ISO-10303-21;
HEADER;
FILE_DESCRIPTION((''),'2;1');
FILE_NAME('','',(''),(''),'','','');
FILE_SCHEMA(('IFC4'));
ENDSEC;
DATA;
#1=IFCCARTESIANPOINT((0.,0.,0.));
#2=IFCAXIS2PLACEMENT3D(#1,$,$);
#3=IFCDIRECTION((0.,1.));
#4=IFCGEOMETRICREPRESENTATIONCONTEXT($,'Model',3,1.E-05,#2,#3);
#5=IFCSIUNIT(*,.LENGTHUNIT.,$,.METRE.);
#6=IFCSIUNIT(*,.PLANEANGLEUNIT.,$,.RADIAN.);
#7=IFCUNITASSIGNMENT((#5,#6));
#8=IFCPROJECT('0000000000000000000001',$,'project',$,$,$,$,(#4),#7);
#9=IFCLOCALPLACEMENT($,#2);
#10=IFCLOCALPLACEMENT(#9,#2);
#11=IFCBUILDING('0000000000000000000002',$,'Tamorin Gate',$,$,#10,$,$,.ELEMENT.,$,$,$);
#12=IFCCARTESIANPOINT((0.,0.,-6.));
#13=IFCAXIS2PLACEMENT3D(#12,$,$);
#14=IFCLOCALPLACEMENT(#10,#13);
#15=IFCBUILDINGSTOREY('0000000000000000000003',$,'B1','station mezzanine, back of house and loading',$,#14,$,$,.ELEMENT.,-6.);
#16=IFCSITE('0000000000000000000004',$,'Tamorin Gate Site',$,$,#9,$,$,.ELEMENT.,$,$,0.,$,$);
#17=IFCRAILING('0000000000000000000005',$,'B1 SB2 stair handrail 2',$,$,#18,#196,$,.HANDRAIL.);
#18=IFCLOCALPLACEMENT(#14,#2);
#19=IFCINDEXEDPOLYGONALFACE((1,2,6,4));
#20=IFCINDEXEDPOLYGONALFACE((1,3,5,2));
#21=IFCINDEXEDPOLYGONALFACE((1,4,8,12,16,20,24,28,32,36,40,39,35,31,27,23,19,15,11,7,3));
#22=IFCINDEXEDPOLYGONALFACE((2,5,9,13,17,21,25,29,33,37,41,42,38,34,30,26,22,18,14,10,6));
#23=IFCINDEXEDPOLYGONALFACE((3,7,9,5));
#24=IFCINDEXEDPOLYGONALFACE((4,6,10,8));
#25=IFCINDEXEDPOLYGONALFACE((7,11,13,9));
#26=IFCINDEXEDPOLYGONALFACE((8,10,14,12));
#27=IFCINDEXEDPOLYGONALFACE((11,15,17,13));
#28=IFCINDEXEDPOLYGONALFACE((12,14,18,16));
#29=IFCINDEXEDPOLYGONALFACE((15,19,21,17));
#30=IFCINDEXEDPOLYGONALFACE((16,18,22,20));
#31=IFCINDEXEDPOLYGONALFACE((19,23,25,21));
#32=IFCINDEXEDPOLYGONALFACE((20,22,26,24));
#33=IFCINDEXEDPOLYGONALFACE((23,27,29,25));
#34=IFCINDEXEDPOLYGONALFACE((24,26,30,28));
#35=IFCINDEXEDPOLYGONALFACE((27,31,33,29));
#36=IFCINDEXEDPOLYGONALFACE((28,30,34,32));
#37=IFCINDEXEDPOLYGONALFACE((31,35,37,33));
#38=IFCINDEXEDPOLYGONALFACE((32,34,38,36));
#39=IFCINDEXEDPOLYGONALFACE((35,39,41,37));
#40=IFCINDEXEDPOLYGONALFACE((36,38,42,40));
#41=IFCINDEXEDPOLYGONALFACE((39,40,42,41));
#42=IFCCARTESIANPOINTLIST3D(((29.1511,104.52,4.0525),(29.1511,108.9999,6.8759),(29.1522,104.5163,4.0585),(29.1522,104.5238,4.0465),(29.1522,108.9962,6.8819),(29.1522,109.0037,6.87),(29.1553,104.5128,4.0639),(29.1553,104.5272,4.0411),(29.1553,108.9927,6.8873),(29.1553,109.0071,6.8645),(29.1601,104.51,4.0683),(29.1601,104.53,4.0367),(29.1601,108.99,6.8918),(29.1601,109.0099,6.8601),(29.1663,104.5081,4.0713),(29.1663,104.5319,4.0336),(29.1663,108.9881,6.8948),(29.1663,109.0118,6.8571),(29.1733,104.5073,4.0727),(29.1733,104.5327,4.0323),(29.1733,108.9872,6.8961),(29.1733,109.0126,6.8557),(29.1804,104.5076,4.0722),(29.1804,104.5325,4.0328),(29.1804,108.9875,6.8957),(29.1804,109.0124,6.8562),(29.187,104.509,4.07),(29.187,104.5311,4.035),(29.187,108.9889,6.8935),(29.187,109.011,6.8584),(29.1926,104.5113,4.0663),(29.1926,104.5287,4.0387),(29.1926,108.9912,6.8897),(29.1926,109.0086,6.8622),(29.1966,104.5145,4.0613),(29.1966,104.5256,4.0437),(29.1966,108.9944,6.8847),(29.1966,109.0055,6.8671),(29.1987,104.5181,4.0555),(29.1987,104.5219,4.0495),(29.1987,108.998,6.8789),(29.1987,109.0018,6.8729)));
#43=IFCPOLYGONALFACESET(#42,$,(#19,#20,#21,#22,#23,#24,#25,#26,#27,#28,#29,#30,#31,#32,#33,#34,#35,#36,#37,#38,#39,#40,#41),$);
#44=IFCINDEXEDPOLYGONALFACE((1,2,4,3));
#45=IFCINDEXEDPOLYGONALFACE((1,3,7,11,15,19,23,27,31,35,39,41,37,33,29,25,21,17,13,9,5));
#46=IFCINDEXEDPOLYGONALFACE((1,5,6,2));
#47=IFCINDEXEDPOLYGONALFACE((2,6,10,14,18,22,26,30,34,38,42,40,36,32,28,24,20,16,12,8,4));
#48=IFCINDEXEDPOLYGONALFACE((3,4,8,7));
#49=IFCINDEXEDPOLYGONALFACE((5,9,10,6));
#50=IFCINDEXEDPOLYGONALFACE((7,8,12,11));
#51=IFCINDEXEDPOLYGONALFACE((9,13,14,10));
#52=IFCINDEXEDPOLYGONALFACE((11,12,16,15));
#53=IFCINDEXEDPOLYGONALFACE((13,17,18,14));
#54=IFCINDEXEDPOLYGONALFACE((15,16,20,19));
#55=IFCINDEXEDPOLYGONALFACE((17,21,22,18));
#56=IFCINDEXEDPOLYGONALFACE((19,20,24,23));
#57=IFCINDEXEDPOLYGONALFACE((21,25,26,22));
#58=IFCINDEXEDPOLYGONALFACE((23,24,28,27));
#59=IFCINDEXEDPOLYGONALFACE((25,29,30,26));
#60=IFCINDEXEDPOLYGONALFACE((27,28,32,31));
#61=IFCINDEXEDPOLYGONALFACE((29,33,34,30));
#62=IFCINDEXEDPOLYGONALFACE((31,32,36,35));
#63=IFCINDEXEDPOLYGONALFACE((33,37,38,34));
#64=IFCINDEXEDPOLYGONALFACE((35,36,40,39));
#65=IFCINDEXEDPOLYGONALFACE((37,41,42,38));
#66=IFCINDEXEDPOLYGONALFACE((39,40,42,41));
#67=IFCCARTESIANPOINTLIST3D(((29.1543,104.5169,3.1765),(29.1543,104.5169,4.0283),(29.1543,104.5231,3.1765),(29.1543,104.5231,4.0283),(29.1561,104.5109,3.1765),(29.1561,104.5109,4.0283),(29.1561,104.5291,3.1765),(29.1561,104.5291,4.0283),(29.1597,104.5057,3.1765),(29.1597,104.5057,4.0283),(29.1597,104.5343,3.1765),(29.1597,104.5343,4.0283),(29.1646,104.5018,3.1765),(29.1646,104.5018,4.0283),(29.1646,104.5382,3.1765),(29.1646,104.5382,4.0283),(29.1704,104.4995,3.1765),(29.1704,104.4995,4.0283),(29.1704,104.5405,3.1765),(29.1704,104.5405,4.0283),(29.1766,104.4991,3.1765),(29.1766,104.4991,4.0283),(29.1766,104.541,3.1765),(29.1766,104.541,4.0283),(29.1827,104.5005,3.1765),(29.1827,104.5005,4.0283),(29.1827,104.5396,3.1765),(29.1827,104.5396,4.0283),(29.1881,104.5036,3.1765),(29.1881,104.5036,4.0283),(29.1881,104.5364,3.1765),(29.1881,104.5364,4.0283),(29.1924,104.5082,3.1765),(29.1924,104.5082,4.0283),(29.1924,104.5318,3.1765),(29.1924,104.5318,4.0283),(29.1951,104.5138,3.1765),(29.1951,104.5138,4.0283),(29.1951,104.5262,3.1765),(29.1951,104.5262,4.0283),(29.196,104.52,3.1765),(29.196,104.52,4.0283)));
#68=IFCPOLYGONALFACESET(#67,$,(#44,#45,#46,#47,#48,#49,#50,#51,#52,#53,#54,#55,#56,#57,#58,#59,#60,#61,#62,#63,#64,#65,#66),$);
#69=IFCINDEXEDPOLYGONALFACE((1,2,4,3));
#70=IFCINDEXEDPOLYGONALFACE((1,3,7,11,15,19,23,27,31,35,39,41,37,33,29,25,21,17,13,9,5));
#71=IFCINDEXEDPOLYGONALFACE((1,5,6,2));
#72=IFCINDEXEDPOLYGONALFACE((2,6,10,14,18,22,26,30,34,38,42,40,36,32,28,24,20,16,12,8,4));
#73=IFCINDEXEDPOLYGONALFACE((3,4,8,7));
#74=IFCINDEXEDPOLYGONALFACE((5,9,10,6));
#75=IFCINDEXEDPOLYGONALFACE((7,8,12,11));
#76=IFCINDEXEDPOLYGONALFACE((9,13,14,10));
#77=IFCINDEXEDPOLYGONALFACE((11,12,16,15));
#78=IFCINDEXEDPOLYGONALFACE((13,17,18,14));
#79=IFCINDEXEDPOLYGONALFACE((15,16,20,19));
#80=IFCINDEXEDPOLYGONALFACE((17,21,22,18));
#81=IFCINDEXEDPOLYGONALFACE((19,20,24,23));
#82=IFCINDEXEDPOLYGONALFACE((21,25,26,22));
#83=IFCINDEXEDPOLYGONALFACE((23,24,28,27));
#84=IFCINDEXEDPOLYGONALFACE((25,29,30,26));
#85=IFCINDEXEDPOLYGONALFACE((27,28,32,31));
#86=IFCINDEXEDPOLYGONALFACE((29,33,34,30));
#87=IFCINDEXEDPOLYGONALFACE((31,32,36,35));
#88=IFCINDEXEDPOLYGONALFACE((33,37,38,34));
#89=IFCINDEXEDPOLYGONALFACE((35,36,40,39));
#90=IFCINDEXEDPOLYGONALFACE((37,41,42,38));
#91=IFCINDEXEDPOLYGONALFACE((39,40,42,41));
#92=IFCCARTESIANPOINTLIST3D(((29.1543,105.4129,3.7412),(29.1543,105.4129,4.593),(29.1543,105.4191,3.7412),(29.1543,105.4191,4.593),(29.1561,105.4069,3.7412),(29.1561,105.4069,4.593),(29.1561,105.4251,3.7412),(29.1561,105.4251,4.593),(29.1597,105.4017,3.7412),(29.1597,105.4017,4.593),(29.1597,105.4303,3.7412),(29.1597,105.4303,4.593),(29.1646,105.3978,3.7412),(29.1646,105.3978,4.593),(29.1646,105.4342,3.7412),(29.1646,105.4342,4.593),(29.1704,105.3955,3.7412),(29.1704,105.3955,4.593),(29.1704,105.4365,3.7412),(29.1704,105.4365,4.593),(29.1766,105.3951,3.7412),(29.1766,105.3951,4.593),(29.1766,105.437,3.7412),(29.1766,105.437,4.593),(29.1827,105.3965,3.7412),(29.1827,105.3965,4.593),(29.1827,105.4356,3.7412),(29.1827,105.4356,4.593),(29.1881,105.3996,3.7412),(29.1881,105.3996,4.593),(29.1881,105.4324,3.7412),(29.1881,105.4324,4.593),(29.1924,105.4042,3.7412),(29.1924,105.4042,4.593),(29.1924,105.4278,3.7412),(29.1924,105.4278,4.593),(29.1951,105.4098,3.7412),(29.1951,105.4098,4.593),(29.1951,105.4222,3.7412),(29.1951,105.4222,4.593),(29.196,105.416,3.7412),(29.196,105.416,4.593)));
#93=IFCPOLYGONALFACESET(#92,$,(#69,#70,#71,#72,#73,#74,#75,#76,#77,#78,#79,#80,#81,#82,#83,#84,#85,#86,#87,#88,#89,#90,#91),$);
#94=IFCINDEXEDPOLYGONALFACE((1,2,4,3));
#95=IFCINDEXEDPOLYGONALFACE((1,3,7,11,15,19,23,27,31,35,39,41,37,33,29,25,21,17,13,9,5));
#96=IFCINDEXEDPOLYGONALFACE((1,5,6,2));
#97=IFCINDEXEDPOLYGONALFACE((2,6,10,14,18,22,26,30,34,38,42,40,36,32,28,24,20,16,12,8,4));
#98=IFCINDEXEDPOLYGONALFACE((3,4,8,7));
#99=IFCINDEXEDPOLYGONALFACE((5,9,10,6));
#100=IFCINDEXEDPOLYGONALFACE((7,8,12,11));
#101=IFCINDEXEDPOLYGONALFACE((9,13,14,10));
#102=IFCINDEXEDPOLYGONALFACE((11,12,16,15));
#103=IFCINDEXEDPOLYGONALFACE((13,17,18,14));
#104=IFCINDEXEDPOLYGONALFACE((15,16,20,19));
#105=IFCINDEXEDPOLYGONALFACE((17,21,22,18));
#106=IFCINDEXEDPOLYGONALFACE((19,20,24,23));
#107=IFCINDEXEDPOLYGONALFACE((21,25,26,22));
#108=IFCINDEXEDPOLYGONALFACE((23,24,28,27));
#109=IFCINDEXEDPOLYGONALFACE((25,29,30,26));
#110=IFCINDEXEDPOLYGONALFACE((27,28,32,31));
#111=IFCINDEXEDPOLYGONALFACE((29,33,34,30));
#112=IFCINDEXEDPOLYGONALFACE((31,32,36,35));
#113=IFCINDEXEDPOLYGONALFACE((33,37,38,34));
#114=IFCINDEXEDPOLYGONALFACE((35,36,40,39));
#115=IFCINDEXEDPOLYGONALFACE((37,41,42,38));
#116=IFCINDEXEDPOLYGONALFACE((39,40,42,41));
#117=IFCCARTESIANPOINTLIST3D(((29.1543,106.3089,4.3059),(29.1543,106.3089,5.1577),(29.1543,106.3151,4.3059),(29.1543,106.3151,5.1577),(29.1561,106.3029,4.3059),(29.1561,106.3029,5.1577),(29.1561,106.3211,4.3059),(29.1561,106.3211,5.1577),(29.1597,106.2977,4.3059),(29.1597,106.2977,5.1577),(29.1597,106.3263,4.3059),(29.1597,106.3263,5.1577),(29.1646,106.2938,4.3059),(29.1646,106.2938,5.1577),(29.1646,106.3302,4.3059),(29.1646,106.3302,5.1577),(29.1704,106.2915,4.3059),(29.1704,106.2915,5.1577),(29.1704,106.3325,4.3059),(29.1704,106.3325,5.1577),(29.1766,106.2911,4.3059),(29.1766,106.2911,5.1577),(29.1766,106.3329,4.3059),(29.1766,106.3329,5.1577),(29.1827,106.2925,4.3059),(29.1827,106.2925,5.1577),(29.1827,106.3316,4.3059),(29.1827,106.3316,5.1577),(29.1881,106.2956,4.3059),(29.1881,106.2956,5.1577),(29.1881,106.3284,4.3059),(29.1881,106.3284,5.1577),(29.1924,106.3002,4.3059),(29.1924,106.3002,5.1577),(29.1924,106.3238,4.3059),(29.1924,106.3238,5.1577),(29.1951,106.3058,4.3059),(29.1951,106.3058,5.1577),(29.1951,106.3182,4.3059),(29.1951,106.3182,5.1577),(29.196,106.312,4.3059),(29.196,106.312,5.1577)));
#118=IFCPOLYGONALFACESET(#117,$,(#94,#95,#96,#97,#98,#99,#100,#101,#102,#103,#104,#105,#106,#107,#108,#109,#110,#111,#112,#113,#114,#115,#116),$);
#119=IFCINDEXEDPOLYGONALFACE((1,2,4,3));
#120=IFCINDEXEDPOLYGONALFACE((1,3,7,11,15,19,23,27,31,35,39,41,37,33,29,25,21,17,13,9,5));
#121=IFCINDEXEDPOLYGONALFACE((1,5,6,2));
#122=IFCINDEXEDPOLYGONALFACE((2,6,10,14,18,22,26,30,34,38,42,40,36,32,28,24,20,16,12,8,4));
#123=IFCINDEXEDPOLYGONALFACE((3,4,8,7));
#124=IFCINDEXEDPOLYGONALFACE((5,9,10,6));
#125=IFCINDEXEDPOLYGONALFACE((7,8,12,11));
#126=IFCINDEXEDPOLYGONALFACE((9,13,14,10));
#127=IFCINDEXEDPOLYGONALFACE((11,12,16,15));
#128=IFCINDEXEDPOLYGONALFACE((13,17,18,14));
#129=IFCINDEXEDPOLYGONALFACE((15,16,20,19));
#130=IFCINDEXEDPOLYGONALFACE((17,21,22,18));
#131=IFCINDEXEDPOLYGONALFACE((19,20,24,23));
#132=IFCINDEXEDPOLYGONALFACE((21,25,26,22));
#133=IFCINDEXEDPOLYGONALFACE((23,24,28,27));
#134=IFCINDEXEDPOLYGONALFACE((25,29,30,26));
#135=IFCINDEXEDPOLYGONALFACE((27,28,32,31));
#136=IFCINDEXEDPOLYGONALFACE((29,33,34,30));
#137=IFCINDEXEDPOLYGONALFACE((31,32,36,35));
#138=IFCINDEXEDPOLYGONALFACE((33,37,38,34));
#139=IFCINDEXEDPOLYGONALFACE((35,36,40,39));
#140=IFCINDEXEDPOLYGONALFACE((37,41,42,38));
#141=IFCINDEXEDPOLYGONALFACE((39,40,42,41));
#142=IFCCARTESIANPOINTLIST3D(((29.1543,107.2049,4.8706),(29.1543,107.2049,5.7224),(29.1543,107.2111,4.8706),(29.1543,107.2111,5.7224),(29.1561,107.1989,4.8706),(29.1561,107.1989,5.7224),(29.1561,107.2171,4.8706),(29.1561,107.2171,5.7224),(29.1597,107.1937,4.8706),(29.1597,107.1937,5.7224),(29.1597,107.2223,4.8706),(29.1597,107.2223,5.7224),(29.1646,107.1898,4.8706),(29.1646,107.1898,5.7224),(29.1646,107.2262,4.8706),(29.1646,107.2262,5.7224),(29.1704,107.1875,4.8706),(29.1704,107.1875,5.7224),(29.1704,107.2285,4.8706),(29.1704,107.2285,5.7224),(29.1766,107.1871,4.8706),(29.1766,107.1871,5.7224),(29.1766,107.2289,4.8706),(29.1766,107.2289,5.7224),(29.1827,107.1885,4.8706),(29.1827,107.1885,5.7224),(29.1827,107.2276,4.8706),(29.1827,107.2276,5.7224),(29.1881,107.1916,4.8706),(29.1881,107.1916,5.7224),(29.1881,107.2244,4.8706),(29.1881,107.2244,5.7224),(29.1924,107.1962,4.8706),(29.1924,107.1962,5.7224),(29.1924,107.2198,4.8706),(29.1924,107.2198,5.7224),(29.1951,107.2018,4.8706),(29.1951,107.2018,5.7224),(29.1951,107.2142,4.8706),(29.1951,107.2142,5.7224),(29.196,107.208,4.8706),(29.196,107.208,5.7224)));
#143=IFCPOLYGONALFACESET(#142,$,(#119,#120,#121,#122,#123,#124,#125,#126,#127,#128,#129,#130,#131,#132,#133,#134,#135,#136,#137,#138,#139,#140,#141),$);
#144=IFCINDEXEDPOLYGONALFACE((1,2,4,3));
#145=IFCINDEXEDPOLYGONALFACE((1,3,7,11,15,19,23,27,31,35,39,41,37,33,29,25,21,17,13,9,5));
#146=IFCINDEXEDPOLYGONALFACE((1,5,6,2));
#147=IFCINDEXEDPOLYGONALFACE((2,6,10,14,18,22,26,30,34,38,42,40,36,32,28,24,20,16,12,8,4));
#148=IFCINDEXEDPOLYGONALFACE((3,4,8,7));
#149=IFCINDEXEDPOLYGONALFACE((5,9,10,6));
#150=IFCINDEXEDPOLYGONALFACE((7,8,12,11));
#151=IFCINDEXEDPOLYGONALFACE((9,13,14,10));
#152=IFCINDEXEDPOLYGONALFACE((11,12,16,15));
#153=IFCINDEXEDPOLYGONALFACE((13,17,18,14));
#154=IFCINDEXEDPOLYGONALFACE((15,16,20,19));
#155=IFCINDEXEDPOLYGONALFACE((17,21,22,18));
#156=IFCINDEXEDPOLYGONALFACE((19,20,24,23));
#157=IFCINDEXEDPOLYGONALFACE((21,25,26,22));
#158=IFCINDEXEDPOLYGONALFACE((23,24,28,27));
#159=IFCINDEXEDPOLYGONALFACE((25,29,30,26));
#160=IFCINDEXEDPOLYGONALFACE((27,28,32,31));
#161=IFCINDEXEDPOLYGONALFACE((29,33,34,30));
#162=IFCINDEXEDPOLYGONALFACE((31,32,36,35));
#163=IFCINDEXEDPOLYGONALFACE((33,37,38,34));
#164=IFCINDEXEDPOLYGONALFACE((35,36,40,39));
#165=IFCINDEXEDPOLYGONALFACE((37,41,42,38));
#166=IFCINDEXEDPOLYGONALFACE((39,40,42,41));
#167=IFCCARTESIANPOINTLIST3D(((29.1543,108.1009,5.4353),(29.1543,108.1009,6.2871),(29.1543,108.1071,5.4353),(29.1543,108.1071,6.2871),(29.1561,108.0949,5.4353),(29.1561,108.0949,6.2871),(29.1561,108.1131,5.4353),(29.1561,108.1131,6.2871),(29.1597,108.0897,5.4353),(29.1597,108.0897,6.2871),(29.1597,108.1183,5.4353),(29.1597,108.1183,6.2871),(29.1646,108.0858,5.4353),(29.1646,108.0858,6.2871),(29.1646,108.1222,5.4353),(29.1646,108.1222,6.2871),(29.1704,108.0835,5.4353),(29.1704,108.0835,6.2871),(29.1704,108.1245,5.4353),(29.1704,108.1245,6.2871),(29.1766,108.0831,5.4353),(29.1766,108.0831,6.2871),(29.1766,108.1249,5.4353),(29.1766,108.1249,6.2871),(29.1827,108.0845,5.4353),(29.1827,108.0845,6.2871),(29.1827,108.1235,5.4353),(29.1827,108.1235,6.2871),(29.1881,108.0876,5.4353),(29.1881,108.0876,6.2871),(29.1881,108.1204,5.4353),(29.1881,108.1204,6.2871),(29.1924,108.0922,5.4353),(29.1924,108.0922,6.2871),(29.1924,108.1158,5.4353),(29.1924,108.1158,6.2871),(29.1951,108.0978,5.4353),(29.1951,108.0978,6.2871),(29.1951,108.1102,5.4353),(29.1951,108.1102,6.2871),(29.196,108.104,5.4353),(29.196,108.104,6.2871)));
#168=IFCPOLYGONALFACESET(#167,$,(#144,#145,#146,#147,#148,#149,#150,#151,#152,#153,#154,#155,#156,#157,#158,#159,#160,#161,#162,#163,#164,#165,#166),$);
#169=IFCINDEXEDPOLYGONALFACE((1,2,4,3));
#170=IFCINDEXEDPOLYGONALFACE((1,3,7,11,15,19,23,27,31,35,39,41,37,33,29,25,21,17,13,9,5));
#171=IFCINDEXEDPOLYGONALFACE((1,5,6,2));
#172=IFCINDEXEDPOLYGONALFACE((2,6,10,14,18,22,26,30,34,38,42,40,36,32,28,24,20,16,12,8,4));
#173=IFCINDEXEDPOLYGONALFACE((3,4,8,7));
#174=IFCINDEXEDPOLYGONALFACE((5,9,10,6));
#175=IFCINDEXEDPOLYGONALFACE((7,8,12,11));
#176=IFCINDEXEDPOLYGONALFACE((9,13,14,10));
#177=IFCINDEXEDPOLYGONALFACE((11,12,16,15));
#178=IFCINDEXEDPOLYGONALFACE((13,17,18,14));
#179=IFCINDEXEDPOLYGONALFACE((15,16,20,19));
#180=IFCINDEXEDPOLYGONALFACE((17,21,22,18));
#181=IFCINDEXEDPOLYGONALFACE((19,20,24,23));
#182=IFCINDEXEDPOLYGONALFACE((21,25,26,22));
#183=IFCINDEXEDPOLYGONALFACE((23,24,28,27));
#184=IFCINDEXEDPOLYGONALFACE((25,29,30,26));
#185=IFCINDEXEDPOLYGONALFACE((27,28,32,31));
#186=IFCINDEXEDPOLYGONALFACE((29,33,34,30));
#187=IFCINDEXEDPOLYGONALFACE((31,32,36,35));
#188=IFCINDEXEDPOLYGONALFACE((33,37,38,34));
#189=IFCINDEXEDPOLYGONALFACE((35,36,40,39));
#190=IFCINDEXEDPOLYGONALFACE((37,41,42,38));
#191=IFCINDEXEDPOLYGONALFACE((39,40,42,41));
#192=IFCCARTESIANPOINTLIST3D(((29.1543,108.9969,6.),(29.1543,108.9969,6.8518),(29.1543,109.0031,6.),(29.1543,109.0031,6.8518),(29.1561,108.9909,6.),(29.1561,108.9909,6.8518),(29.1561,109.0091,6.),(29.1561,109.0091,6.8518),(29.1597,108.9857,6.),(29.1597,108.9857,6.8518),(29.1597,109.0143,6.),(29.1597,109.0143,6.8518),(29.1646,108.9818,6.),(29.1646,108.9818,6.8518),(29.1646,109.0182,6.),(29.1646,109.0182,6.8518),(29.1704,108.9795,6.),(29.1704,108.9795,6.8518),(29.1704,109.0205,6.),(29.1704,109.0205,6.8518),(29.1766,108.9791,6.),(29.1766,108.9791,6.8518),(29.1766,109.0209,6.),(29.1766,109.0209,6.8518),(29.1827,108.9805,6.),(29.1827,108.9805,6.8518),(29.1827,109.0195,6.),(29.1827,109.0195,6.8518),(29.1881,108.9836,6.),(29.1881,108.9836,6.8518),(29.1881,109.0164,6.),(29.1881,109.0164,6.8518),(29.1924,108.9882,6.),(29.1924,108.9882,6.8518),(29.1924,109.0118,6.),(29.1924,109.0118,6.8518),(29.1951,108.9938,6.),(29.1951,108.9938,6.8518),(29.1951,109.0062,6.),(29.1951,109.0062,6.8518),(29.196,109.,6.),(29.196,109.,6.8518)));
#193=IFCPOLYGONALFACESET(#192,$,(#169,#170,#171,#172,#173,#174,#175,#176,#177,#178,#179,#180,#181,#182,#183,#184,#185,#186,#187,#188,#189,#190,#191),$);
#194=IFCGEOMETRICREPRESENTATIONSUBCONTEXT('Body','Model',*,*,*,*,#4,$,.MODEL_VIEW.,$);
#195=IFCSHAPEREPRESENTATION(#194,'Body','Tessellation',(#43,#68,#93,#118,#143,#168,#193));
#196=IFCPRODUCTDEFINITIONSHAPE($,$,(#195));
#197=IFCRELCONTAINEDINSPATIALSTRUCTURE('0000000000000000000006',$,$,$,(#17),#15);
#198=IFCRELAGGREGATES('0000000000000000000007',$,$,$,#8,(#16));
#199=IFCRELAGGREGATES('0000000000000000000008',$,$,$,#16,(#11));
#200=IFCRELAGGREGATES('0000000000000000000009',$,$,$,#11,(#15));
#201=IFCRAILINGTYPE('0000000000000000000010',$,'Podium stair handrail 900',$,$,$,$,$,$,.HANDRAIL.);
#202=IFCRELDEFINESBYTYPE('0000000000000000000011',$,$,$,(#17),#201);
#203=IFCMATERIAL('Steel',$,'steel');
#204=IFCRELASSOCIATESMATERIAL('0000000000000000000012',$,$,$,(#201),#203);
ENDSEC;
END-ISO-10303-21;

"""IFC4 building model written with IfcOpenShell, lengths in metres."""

from ifc_helpers import new_model, si_unit, direction, frame, origin, origin_2d, place, context, subcontext, project, spatial, circle, extrude, material, type_object, element, save


model = new_model("IFC4")

# Units and contexts
model_context = context("Model", 3, precision=1e-05, world=origin(), true_north=direction((0.0, 1.0)))
body_context = subcontext(model_context, "Body", "Model", "MODEL_VIEW")
ifc_project = project(units=[si_unit("LENGTHUNIT", "METRE"), si_unit("PLANEANGLEUNIT", "RADIAN")], contexts=[model_context])

# Site, building, storey
site_placement = place(None, origin())
site = spatial("IfcSite", under=ifc_project, at=site_placement, Name="Tamorin Gate Site", CompositionType="ELEMENT", RefElevation=0.0)
building_placement = place(site_placement, origin())
building = spatial("IfcBuilding", under=site, at=building_placement, Name="Tamorin Gate", CompositionType="ELEMENT")
storey_placement = place(building_placement, frame((0.0, 0.0, -6.0)))
storey = spatial("IfcBuildingStorey", under=building, at=storey_placement, Name="B1", Description="station mezzanine, back of house and loading", CompositionType="ELEMENT", Elevation=-6.0)

# Railing
ifc_material_1 = material(Name="Steel", Category="steel")
railing_type_1 = type_object("IfcRailingType", Name="Podium stair handrail 900", PredefinedType="HANDRAIL", material=ifc_material_1)
railing_1_placement = place(storey_placement, frame((29.175, 104.52, 3.1765)))
element("IfcRailing", 1, at=railing_1_placement, inside=storey, type_object=railing_type_1, Name="B1 SB2 stair handrail 2", PredefinedType="HANDRAIL", context=body_context, shape_type="SweptSolid", body=[
    extrude(circle(Radius=0.0239, at=origin_2d()), frame((0.0, 0.0, 0.876), z_axis=(0.0, 0.845998, 0.533186), x_axis=(-1.0, 0.0, 0.0)), (0.0, 0.0, 1.0), 5.2954),
    extrude(circle(Radius=0.021, at=origin_2d()), origin(), (0.0, 0.0, 1.0), 0.8518),
    extrude(circle(Radius=0.021, at=origin_2d()), frame((0.0, 0.896, 0.5647)), (0.0, 0.0, 1.0), 0.8518),
    extrude(circle(Radius=0.021, at=origin_2d()), frame((0.0, 1.792, 1.1294)), (0.0, 0.0, 1.0), 0.8518),
    extrude(circle(Radius=0.021, at=origin_2d()), frame((0.0, 2.688, 1.6941)), (0.0, 0.0, 1.0), 0.8518),
    extrude(circle(Radius=0.021, at=origin_2d()), frame((0.0, 3.584, 2.2588)), (0.0, 0.0, 1.0), 0.8518),
    extrude(circle(Radius=0.021, at=origin_2d()), frame((0.0, 4.48, 2.8235)), (0.0, 0.0, 1.0), 0.8518),
])

save(model, "model.ifc")
